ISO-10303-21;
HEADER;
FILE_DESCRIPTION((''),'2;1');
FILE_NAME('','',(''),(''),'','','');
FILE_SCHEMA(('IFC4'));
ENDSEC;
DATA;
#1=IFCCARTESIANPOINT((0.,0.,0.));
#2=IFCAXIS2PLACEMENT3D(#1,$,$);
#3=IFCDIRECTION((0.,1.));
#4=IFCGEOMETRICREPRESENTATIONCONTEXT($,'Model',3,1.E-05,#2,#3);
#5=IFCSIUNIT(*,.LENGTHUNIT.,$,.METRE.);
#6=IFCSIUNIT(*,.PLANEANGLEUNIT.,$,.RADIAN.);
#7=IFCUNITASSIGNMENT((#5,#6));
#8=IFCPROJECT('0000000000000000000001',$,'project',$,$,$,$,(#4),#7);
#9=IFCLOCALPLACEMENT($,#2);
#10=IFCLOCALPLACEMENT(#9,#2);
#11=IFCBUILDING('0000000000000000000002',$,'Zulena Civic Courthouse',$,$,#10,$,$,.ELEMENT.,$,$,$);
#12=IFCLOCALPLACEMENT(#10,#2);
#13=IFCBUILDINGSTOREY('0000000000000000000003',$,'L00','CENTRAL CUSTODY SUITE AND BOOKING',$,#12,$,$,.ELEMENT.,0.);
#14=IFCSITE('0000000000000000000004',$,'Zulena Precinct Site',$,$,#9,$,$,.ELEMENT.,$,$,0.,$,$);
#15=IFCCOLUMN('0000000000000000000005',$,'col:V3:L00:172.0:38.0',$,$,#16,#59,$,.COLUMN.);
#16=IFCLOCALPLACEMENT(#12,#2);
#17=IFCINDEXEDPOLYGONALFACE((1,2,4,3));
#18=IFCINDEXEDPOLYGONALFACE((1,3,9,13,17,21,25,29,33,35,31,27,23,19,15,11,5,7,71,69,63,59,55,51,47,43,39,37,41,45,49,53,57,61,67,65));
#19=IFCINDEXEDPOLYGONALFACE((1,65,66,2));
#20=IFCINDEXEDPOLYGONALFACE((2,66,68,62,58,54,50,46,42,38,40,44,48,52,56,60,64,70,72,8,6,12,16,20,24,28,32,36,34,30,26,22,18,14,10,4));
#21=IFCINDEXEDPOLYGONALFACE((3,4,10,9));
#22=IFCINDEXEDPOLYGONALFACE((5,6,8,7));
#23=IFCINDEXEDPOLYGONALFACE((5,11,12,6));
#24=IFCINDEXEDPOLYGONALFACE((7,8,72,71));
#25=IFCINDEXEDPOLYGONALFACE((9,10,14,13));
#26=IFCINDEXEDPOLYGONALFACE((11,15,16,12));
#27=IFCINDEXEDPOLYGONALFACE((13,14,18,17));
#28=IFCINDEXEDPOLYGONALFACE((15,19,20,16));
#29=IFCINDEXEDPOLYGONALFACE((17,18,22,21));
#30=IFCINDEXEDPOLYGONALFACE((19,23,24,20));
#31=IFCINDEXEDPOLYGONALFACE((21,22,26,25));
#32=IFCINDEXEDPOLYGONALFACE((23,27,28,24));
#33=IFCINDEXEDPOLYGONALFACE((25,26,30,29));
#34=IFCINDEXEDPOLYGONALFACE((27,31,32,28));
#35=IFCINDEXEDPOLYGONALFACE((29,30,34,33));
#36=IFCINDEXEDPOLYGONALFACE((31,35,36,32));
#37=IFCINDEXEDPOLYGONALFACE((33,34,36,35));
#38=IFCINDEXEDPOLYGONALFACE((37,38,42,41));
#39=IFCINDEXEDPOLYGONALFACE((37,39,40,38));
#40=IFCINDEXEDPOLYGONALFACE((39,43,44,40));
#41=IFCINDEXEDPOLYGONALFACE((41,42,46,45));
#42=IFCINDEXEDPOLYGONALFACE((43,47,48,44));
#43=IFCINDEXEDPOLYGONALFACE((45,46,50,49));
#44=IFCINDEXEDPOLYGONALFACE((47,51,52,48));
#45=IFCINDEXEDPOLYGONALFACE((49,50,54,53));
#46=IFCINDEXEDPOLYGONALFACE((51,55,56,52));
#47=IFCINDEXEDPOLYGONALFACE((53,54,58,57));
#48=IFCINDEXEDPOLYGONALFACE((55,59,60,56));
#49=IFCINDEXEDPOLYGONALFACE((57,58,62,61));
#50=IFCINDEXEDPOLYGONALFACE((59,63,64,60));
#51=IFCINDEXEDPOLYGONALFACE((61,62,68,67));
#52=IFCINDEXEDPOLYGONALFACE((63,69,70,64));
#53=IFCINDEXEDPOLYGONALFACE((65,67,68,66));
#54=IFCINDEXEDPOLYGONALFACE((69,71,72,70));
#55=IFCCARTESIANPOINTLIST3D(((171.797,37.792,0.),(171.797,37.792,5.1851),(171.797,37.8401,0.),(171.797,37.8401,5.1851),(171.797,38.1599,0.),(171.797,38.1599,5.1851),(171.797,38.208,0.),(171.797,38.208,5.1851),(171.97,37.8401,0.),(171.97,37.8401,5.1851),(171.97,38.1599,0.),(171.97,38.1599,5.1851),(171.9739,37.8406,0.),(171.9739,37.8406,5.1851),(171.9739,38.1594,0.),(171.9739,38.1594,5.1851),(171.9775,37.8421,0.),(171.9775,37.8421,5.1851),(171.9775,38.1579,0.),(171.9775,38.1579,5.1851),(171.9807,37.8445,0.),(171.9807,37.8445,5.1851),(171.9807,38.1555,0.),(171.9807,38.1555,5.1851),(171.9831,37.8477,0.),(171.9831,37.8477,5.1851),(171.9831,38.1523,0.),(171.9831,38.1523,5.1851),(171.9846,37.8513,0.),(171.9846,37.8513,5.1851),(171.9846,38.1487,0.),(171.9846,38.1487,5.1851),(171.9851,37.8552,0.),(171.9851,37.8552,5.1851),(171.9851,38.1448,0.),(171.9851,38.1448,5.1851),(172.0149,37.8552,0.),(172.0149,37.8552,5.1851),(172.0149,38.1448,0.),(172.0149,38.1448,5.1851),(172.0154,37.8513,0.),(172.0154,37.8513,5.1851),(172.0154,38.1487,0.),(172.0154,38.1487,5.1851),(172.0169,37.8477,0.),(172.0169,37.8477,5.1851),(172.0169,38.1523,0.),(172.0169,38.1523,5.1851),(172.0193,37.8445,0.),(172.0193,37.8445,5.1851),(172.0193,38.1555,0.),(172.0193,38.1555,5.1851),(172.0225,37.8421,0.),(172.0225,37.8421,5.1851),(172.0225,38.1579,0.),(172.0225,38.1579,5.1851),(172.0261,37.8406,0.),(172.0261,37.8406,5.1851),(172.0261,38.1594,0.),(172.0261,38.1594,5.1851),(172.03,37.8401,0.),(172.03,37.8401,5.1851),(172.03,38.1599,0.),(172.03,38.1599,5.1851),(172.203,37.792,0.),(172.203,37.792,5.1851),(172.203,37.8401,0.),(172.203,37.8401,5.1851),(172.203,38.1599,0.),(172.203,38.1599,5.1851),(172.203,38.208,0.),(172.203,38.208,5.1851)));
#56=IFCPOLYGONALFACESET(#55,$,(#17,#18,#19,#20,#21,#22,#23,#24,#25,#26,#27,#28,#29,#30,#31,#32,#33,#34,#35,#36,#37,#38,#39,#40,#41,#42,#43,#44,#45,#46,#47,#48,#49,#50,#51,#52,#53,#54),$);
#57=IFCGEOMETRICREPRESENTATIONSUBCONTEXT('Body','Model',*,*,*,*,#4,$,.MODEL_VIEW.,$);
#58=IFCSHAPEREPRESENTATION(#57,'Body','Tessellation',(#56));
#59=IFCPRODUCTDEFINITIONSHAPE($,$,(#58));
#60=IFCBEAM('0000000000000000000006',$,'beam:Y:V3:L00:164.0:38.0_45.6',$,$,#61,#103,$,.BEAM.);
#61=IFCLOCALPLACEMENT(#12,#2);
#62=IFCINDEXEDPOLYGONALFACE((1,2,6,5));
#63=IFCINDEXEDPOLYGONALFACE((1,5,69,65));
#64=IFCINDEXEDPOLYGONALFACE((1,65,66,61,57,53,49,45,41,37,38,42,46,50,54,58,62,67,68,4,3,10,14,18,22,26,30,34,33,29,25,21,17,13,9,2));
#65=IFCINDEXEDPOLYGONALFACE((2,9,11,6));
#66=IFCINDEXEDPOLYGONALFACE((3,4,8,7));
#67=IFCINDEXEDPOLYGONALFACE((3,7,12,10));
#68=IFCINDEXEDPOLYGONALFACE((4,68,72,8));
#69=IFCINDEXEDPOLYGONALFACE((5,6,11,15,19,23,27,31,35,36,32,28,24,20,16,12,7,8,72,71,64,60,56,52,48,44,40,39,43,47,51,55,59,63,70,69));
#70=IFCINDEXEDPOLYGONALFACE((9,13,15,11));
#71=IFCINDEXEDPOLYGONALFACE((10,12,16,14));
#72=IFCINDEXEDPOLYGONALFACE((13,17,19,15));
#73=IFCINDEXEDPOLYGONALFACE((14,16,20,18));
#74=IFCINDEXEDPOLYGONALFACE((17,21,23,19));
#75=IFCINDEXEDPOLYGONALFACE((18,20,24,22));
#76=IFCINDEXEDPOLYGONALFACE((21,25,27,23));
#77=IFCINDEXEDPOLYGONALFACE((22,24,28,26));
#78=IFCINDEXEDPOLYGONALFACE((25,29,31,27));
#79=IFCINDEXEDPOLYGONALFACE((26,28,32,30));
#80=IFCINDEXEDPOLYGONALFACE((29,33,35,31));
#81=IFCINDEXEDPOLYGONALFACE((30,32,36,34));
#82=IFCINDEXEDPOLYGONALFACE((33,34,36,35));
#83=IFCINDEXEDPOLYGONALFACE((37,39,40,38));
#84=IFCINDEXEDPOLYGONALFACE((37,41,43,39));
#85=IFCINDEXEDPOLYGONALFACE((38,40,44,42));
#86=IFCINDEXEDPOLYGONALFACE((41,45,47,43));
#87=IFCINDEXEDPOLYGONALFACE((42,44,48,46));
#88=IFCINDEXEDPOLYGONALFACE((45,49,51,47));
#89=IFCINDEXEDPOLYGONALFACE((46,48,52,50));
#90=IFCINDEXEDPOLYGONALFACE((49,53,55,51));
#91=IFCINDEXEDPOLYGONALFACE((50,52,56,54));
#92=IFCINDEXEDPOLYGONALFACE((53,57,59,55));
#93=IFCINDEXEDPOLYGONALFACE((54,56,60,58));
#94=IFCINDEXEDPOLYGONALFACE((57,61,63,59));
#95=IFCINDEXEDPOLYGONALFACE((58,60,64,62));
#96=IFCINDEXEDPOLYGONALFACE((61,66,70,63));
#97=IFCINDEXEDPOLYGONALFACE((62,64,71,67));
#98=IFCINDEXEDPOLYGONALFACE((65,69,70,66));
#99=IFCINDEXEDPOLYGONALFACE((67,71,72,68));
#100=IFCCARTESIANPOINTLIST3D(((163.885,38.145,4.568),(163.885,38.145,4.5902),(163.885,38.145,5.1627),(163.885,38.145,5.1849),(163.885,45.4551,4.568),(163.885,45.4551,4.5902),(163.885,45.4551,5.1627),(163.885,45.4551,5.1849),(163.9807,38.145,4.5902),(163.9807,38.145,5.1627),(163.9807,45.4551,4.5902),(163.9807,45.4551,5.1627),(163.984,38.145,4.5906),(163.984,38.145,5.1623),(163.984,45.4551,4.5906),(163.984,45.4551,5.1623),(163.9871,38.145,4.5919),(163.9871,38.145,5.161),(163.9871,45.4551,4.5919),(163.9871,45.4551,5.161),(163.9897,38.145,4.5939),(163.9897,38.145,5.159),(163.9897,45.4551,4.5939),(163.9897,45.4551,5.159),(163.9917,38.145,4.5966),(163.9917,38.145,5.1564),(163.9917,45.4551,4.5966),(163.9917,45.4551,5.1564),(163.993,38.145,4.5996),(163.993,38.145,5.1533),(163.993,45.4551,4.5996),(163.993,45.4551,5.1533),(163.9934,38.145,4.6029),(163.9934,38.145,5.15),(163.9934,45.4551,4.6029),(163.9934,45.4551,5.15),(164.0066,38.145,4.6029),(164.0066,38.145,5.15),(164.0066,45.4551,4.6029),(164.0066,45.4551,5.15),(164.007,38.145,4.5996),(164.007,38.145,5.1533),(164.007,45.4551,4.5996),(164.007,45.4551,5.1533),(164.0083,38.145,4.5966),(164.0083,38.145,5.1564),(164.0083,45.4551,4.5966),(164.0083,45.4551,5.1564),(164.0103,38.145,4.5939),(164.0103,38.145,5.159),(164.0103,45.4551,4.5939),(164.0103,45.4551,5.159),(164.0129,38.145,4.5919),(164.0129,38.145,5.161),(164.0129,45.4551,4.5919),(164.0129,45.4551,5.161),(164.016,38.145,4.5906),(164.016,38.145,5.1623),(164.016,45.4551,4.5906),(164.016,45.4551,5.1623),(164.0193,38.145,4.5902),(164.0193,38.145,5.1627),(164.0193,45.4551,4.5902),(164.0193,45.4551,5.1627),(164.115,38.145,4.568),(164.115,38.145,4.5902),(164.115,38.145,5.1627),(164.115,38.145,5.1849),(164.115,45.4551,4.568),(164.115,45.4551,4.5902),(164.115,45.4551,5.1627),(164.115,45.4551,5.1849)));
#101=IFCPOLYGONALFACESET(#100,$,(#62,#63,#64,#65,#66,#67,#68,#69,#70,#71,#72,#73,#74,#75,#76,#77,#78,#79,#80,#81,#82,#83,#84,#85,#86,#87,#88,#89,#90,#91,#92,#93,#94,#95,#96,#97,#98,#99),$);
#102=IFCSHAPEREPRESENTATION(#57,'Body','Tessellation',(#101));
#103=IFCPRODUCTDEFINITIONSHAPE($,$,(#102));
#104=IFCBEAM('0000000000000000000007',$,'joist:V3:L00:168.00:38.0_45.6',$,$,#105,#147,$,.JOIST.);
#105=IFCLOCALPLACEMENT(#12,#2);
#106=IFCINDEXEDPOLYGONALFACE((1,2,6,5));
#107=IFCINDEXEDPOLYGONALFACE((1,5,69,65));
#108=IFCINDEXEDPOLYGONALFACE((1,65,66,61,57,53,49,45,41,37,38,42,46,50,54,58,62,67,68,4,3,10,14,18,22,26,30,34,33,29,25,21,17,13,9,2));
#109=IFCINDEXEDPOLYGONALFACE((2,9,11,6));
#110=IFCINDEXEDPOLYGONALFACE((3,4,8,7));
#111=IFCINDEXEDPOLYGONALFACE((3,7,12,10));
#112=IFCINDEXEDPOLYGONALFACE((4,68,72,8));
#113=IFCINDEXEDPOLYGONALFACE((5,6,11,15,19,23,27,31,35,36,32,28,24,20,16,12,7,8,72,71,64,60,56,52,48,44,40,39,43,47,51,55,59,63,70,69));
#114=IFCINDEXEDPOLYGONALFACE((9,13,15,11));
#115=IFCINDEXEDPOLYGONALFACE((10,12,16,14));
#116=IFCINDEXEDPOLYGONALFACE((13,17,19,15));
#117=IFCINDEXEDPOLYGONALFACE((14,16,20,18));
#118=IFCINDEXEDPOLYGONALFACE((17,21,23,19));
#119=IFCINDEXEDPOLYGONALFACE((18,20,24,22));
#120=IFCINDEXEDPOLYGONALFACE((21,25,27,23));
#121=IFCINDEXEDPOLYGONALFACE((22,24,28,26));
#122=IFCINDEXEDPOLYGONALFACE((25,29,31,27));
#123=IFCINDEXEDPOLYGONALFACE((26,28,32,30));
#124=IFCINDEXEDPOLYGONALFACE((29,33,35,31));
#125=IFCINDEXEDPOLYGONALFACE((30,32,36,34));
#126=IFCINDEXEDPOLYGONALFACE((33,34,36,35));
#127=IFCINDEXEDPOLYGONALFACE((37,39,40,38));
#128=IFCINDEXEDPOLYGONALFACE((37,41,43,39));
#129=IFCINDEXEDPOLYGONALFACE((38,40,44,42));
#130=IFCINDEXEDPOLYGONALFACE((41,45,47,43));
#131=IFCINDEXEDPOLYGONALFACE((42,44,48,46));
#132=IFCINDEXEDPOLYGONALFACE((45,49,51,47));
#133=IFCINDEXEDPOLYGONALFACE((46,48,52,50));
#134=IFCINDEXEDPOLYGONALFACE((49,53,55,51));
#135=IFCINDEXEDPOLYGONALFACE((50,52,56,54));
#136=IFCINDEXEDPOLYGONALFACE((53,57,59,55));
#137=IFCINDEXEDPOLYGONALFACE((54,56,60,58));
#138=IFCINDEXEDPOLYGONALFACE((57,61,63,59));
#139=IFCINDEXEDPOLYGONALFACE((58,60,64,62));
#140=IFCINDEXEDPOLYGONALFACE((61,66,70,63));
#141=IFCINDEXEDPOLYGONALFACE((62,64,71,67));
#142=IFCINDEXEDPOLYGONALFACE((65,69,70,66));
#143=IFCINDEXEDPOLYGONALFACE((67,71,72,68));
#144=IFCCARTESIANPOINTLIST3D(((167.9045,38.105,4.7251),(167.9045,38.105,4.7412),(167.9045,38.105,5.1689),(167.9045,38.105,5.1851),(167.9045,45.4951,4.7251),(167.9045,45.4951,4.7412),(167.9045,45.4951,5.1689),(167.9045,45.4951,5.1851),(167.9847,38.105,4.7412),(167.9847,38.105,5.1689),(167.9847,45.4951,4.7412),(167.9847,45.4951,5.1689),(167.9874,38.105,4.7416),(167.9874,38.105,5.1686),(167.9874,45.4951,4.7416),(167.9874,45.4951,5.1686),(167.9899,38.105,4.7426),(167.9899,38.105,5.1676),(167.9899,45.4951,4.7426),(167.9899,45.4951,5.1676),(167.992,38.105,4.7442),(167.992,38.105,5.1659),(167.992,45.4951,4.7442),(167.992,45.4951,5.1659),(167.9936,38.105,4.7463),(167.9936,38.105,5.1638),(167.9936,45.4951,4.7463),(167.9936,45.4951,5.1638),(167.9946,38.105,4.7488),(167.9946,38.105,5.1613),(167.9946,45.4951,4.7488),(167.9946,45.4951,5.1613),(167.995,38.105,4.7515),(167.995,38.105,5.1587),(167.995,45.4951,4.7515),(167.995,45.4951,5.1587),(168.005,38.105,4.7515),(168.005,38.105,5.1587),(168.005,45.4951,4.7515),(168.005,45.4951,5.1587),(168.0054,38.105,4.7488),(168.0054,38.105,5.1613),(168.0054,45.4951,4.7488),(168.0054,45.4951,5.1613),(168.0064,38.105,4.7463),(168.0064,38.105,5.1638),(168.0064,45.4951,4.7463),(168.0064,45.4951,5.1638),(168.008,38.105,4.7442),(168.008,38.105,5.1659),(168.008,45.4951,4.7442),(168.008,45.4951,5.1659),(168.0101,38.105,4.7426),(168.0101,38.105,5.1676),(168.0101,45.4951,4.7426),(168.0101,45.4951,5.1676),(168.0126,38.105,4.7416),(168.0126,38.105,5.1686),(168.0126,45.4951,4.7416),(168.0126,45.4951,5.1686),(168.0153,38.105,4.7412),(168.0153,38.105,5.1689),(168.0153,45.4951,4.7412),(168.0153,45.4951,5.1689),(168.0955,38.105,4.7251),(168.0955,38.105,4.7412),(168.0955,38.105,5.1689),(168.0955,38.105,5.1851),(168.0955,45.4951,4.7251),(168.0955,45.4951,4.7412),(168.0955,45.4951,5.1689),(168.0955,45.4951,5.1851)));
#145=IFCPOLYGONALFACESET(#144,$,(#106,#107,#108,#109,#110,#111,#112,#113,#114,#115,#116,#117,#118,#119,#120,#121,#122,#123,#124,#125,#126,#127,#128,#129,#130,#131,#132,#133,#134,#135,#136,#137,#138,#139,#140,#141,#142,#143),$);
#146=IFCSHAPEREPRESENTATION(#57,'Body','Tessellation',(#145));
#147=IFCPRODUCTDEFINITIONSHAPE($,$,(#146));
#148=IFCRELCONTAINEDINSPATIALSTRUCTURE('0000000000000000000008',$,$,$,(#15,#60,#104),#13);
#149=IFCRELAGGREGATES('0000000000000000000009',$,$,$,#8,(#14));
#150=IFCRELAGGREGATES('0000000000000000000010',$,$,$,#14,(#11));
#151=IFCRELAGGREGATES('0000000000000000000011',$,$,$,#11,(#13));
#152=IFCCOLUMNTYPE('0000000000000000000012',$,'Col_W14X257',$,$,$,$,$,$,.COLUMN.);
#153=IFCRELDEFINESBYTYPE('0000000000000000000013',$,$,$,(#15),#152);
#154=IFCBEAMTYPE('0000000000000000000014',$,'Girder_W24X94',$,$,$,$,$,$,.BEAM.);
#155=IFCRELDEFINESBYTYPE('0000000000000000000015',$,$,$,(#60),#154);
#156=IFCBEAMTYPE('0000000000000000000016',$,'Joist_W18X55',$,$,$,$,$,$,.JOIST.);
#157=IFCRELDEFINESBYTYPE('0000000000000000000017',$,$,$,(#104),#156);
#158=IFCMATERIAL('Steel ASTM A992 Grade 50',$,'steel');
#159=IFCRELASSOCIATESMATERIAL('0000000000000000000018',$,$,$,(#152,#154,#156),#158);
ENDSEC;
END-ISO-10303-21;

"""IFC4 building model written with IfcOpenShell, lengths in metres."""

from ifc_helpers import new_model, si_unit, direction, frame, origin, origin_2d, place, context, subcontext, project, spatial, i_section, extrude, material, material_profile, profile_set, type_object, element, save


model = new_model("IFC4")

# Units and contexts
model_context = context("Model", 3, precision=1e-05, world=origin(), true_north=direction((0.0, 1.0)))
body_context = subcontext(model_context, "Body", "Model", "MODEL_VIEW")
ifc_project = project(units=[si_unit("LENGTHUNIT", "METRE"), si_unit("PLANEANGLEUNIT", "RADIAN")], contexts=[model_context])

# Site, building, storey
site_placement = place(None, origin())
site = spatial("IfcSite", under=ifc_project, at=site_placement, Name="Zulena Precinct Site", CompositionType="ELEMENT", RefElevation=0.0)
building_placement = place(site_placement, origin())
building = spatial("IfcBuilding", under=site, at=building_placement, Name="Zulena Civic Courthouse", CompositionType="ELEMENT")
storey_placement = place(building_placement, origin())
storey = spatial("IfcBuildingStorey", under=building, at=storey_placement, Name="L00", Description="CENTRAL CUSTODY SUITE AND BOOKING", CompositionType="ELEMENT", Elevation=0.0)

# Column
ifc_material_1 = material(Name="Steel ASTM A992 Grade 50", Category="steel")
ifc_material_profile_1 = material_profile(ifc_material_1, i_section(OverallWidth=0.406, OverallDepth=0.416, WebThickness=0.0298, FlangeThickness=0.0481, FilletRadius=0.0151, at=origin_2d()), Name="W14X257")
ifc_profile_set_1 = profile_set([ifc_material_profile_1], Name="Steel ASTM A992 Grade 50")
column_type_1 = type_object("IfcColumnType", Name="Col_W14X257", PredefinedType="COLUMN", material=ifc_profile_set_1)
column_1_placement = place(storey_placement, frame((172.0, 38.0, 0.0), z_axis=(0.0, 0.0, 1.0), x_axis=(1.0, 0.0, 0.0)))
element("IfcColumn", 1, at=column_1_placement, inside=storey, type_object=column_type_1, Name="col:V3:L00:172.0:38.0", PredefinedType="COLUMN", context=body_context, shape_type="SweptSolid", body=[
    extrude(i_section(OverallWidth=0.406, OverallDepth=0.416, WebThickness=0.0298, FlangeThickness=0.0481, FilletRadius=0.0151, at=origin_2d()), origin(), (0.0, 0.0, 1.0), 5.1851),
])

# Beams
ifc_material_profile_2 = material_profile(ifc_material_1, i_section(OverallWidth=0.23, OverallDepth=0.6169, WebThickness=0.0132, FlangeThickness=0.0222, FilletRadius=0.0127, at=origin_2d()), Name="W24X94")
ifc_profile_set_2 = profile_set([ifc_material_profile_2], Name="Steel ASTM A992 Grade 50")
beam_type_1 = type_object("IfcBeamType", Name="Girder_W24X94", PredefinedType="BEAM", material=ifc_profile_set_2)
beam_1_placement = place(storey_placement, frame((164.0, 38.145, 4.8765), z_axis=(0.0, 1.0, 0.0), x_axis=(-1.0, 0.0, 0.0)))
element("IfcBeam", 2, at=beam_1_placement, inside=storey, type_object=beam_type_1, Name="beam:Y:V3:L00:164.0:38.0_45.6", PredefinedType="BEAM", context=body_context, shape_type="SweptSolid", body=[
    extrude(i_section(OverallWidth=0.23, OverallDepth=0.6169, WebThickness=0.0132, FlangeThickness=0.0222, FilletRadius=0.0127, at=origin_2d()), origin(), (0.0, 0.0, 1.0), 7.3101),
])
ifc_material_profile_3 = material_profile(ifc_material_1, i_section(OverallWidth=0.1909, OverallDepth=0.46, WebThickness=0.01, FlangeThickness=0.0161, FilletRadius=0.0103, at=origin_2d()), Name="W18X55")
ifc_profile_set_3 = profile_set([ifc_material_profile_3], Name="Steel ASTM A992 Grade 50")
beam_type_2 = type_object("IfcBeamType", Name="Joist_W18X55", PredefinedType="JOIST", material=ifc_profile_set_3)
beam_2_placement = place(storey_placement, frame((168.0, 38.105, 4.9551), z_axis=(0.0, 1.0, 0.0), x_axis=(-1.0, 0.0, 0.0)))
element("IfcBeam", 3, at=beam_2_placement, inside=storey, type_object=beam_type_2, Name="joist:V3:L00:168.00:38.0_45.6", PredefinedType="JOIST", context=body_context, shape_type="SweptSolid", body=[
    extrude(i_section(OverallWidth=0.1909, OverallDepth=0.46, WebThickness=0.01, FlangeThickness=0.0161, FilletRadius=0.0103, at=origin_2d()), origin(), (0.0, 0.0, 1.0), 7.3901),
])

save(model, "model.ifc")
